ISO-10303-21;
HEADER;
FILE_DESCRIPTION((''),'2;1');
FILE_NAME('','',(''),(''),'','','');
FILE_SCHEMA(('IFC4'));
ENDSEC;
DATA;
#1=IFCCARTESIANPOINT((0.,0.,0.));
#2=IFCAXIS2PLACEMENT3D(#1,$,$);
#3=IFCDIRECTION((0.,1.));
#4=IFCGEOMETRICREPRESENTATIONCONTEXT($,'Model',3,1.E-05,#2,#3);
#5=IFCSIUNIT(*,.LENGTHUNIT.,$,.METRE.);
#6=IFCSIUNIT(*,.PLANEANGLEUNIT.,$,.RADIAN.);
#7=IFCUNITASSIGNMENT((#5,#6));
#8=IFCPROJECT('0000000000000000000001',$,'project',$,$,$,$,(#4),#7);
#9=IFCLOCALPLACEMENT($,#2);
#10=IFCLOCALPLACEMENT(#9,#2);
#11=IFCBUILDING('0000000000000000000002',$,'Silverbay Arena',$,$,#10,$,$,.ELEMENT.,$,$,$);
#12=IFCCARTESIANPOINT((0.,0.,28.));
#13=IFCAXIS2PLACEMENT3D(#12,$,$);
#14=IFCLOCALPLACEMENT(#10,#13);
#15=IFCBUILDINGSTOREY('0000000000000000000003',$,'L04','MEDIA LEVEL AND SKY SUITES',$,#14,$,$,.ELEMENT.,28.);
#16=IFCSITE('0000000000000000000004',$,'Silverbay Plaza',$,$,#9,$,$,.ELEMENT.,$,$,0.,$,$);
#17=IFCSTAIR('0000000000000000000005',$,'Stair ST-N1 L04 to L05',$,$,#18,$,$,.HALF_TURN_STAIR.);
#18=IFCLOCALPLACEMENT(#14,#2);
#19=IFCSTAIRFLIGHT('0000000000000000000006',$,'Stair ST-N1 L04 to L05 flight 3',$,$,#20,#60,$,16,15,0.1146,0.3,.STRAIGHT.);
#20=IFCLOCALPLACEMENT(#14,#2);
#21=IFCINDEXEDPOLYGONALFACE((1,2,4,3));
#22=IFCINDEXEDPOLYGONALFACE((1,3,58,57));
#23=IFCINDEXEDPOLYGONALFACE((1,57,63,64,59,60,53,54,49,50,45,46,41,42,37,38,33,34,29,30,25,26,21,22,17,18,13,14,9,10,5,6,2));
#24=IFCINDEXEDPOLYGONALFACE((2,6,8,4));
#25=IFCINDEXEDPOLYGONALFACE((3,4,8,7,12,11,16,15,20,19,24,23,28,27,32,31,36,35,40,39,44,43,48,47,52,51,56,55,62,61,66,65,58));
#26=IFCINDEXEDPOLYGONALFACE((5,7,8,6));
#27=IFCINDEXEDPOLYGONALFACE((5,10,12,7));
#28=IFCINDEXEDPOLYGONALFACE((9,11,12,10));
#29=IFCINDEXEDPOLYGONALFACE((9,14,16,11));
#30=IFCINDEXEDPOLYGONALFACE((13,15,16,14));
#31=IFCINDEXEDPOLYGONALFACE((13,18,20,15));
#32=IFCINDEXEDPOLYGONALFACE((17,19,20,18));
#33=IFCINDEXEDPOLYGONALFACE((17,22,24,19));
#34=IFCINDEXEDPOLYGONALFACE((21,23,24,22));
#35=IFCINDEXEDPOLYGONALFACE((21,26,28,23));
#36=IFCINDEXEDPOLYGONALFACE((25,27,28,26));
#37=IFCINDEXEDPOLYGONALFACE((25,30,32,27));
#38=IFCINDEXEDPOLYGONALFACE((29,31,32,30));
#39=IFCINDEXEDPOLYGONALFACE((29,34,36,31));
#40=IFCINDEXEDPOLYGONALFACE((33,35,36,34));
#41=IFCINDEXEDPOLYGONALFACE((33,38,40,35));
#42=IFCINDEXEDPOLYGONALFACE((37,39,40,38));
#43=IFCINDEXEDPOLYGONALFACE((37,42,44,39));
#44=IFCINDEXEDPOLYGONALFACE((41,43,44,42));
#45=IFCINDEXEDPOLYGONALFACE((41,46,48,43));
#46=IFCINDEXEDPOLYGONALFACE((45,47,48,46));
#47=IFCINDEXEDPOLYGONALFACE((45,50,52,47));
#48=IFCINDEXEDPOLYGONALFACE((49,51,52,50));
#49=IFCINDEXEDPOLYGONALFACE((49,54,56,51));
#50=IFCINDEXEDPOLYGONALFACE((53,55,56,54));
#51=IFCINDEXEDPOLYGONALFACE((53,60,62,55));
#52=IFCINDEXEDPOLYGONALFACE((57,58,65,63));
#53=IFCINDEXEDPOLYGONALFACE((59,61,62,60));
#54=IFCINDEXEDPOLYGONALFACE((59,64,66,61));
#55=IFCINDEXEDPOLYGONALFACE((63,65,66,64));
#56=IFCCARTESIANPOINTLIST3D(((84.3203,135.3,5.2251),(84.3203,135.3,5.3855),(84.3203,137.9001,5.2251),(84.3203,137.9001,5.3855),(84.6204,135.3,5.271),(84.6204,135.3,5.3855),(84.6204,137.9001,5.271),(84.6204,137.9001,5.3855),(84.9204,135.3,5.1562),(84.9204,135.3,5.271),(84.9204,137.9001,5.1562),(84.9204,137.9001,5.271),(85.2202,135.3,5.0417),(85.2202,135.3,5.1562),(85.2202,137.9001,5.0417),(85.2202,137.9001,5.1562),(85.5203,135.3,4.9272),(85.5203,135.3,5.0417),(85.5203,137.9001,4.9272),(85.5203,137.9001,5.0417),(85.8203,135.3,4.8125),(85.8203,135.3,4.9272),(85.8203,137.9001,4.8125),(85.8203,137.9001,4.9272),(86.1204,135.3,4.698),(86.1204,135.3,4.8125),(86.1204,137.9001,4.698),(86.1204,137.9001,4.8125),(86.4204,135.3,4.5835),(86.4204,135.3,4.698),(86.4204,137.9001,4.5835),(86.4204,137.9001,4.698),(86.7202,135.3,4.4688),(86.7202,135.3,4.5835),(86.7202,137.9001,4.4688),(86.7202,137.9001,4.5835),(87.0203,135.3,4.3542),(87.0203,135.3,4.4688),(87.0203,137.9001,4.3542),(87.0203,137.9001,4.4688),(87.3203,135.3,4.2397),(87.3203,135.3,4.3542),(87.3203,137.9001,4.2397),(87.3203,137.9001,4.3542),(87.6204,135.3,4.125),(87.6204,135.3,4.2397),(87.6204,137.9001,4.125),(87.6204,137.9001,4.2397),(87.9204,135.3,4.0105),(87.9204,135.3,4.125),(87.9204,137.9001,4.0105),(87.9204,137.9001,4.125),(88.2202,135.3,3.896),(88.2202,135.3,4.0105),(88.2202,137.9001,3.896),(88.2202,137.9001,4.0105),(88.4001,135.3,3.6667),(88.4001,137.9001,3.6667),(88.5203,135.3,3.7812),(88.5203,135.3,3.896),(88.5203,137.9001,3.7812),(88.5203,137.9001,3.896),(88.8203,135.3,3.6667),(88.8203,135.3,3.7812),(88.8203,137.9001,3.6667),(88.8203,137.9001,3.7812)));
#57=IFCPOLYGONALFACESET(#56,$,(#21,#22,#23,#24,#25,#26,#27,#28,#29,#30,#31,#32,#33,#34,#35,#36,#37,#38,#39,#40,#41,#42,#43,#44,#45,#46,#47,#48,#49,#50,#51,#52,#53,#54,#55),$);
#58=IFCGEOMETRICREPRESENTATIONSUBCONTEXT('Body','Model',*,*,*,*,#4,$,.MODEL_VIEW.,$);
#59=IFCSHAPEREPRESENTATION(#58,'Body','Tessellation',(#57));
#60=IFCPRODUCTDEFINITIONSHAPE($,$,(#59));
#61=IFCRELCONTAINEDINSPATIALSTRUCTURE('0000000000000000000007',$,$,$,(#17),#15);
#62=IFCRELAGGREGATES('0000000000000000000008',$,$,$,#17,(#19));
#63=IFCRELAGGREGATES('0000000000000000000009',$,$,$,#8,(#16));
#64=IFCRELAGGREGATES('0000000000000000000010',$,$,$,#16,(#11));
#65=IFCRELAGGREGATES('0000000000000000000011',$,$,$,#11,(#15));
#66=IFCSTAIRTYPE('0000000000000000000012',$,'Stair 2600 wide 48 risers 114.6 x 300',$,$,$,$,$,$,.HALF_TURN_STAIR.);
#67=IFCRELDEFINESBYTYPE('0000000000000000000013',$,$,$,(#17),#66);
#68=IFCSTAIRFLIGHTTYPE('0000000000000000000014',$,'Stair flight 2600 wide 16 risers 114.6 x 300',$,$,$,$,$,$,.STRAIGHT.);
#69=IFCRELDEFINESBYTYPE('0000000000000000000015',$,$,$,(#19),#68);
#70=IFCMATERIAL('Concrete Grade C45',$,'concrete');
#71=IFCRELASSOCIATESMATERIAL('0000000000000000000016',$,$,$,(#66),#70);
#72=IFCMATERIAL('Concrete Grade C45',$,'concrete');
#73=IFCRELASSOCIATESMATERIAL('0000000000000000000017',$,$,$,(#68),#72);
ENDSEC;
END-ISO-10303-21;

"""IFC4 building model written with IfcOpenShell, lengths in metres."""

from ifc_helpers import new_model, si_unit, direction, frame, origin, place, context, subcontext, project, spatial, polyline, outline, extrude, material, type_object, element, aggregate, save


model = new_model("IFC4")

# Units and contexts
model_context = context("Model", 3, precision=1e-05, world=origin(), true_north=direction((0.0, 1.0)))
body_context = subcontext(model_context, "Body", "Model", "MODEL_VIEW")
ifc_project = project(units=[si_unit("LENGTHUNIT", "METRE"), si_unit("PLANEANGLEUNIT", "RADIAN")], contexts=[model_context])

# Site, building, storey
site_placement = place(None, origin())
site = spatial("IfcSite", under=ifc_project, at=site_placement, Name="Silverbay Plaza", CompositionType="ELEMENT", RefElevation=0.0)
building_placement = place(site_placement, origin())
building = spatial("IfcBuilding", under=site, at=building_placement, Name="Silverbay Arena", CompositionType="ELEMENT")
storey_placement = place(building_placement, frame((0.0, 0.0, 28.0)))
storey = spatial("IfcBuildingStorey", under=building, at=storey_placement, Name="L04", Description="MEDIA LEVEL AND SKY SUITES", CompositionType="ELEMENT", Elevation=28.0)

# Stair, stair flight
ifc_material_1 = material(Name="Concrete Grade C45", Category="concrete")
stair_type = type_object("IfcStairType", Name="Stair 2600 wide 48 risers 114.6 x 300", PredefinedType="HALF_TURN_STAIR", material=ifc_material_1)
stair_placement = place(storey_placement, origin())
stair = element("IfcStair", 1, at=stair_placement, inside=storey, type_object=stair_type, Name="Stair ST-N1 L04 to L05", PredefinedType="HALF_TURN_STAIR")
ifc_material_2 = material(Name="Concrete Grade C45", Category="concrete")
stair_flight_type = type_object("IfcStairFlightType", Name="Stair flight 2600 wide 16 risers 114.6 x 300", PredefinedType="STRAIGHT", material=ifc_material_2)
stair_flight_1_placement = place(storey_placement, frame((88.8203, 136.6001, 3.6667), z_axis=(0.0, 0.0, 1.0), x_axis=(-1.0, 0.0, 0.0)))
stair_flight_1 = element("IfcStairFlight", 2, at=stair_flight_1_placement, type_object=stair_flight_type, Name="Stair ST-N1 L04 to L05 flight 3", NumberOfRisers=16, NumberOfTreads=15, PredefinedType="STRAIGHT", RiserHeight=0.1146, TreadLength=0.3, context=body_context, shape_type="SweptSolid", body=[
    extrude(outline(polyline([(0.0, 0.0), (0.0, 0.1145), (0.3, 0.1145), (0.3, 0.2292), (0.6001, 0.2292), (0.6001, 0.3438), (0.8999, 0.3438), (0.8999, 0.4583), (1.2, 0.4583), (1.2, 0.573), (1.5, 0.573), (1.5, 0.6875), (1.8, 0.6875), (1.8, 0.802), (2.1001, 0.802), (2.1001, 0.9167), (2.3999, 0.9167), (2.3999, 1.0312), (2.7, 1.0312), (2.7, 1.1458), (3.0, 1.1458), (3.0, 1.2605), (3.3, 1.2605), (3.3, 1.375), (3.6001, 1.375), (3.6001, 1.4895), (3.8999, 1.4895), (3.8999, 1.6042), (4.2, 1.6042), (4.2, 1.7188), (4.5, 1.7188), (4.5, 1.5583), (0.4202, 0.0), (0.0, 0.0)])), frame((0.0, 1.3, 0.0), z_axis=(0.0, -1.0, 0.0), x_axis=(1.0, 0.0, 0.0)), (0.0, 0.0, 1.0), 2.6001),
])
aggregate(stair, [stair_flight_1])

save(model, "model.ifc")
